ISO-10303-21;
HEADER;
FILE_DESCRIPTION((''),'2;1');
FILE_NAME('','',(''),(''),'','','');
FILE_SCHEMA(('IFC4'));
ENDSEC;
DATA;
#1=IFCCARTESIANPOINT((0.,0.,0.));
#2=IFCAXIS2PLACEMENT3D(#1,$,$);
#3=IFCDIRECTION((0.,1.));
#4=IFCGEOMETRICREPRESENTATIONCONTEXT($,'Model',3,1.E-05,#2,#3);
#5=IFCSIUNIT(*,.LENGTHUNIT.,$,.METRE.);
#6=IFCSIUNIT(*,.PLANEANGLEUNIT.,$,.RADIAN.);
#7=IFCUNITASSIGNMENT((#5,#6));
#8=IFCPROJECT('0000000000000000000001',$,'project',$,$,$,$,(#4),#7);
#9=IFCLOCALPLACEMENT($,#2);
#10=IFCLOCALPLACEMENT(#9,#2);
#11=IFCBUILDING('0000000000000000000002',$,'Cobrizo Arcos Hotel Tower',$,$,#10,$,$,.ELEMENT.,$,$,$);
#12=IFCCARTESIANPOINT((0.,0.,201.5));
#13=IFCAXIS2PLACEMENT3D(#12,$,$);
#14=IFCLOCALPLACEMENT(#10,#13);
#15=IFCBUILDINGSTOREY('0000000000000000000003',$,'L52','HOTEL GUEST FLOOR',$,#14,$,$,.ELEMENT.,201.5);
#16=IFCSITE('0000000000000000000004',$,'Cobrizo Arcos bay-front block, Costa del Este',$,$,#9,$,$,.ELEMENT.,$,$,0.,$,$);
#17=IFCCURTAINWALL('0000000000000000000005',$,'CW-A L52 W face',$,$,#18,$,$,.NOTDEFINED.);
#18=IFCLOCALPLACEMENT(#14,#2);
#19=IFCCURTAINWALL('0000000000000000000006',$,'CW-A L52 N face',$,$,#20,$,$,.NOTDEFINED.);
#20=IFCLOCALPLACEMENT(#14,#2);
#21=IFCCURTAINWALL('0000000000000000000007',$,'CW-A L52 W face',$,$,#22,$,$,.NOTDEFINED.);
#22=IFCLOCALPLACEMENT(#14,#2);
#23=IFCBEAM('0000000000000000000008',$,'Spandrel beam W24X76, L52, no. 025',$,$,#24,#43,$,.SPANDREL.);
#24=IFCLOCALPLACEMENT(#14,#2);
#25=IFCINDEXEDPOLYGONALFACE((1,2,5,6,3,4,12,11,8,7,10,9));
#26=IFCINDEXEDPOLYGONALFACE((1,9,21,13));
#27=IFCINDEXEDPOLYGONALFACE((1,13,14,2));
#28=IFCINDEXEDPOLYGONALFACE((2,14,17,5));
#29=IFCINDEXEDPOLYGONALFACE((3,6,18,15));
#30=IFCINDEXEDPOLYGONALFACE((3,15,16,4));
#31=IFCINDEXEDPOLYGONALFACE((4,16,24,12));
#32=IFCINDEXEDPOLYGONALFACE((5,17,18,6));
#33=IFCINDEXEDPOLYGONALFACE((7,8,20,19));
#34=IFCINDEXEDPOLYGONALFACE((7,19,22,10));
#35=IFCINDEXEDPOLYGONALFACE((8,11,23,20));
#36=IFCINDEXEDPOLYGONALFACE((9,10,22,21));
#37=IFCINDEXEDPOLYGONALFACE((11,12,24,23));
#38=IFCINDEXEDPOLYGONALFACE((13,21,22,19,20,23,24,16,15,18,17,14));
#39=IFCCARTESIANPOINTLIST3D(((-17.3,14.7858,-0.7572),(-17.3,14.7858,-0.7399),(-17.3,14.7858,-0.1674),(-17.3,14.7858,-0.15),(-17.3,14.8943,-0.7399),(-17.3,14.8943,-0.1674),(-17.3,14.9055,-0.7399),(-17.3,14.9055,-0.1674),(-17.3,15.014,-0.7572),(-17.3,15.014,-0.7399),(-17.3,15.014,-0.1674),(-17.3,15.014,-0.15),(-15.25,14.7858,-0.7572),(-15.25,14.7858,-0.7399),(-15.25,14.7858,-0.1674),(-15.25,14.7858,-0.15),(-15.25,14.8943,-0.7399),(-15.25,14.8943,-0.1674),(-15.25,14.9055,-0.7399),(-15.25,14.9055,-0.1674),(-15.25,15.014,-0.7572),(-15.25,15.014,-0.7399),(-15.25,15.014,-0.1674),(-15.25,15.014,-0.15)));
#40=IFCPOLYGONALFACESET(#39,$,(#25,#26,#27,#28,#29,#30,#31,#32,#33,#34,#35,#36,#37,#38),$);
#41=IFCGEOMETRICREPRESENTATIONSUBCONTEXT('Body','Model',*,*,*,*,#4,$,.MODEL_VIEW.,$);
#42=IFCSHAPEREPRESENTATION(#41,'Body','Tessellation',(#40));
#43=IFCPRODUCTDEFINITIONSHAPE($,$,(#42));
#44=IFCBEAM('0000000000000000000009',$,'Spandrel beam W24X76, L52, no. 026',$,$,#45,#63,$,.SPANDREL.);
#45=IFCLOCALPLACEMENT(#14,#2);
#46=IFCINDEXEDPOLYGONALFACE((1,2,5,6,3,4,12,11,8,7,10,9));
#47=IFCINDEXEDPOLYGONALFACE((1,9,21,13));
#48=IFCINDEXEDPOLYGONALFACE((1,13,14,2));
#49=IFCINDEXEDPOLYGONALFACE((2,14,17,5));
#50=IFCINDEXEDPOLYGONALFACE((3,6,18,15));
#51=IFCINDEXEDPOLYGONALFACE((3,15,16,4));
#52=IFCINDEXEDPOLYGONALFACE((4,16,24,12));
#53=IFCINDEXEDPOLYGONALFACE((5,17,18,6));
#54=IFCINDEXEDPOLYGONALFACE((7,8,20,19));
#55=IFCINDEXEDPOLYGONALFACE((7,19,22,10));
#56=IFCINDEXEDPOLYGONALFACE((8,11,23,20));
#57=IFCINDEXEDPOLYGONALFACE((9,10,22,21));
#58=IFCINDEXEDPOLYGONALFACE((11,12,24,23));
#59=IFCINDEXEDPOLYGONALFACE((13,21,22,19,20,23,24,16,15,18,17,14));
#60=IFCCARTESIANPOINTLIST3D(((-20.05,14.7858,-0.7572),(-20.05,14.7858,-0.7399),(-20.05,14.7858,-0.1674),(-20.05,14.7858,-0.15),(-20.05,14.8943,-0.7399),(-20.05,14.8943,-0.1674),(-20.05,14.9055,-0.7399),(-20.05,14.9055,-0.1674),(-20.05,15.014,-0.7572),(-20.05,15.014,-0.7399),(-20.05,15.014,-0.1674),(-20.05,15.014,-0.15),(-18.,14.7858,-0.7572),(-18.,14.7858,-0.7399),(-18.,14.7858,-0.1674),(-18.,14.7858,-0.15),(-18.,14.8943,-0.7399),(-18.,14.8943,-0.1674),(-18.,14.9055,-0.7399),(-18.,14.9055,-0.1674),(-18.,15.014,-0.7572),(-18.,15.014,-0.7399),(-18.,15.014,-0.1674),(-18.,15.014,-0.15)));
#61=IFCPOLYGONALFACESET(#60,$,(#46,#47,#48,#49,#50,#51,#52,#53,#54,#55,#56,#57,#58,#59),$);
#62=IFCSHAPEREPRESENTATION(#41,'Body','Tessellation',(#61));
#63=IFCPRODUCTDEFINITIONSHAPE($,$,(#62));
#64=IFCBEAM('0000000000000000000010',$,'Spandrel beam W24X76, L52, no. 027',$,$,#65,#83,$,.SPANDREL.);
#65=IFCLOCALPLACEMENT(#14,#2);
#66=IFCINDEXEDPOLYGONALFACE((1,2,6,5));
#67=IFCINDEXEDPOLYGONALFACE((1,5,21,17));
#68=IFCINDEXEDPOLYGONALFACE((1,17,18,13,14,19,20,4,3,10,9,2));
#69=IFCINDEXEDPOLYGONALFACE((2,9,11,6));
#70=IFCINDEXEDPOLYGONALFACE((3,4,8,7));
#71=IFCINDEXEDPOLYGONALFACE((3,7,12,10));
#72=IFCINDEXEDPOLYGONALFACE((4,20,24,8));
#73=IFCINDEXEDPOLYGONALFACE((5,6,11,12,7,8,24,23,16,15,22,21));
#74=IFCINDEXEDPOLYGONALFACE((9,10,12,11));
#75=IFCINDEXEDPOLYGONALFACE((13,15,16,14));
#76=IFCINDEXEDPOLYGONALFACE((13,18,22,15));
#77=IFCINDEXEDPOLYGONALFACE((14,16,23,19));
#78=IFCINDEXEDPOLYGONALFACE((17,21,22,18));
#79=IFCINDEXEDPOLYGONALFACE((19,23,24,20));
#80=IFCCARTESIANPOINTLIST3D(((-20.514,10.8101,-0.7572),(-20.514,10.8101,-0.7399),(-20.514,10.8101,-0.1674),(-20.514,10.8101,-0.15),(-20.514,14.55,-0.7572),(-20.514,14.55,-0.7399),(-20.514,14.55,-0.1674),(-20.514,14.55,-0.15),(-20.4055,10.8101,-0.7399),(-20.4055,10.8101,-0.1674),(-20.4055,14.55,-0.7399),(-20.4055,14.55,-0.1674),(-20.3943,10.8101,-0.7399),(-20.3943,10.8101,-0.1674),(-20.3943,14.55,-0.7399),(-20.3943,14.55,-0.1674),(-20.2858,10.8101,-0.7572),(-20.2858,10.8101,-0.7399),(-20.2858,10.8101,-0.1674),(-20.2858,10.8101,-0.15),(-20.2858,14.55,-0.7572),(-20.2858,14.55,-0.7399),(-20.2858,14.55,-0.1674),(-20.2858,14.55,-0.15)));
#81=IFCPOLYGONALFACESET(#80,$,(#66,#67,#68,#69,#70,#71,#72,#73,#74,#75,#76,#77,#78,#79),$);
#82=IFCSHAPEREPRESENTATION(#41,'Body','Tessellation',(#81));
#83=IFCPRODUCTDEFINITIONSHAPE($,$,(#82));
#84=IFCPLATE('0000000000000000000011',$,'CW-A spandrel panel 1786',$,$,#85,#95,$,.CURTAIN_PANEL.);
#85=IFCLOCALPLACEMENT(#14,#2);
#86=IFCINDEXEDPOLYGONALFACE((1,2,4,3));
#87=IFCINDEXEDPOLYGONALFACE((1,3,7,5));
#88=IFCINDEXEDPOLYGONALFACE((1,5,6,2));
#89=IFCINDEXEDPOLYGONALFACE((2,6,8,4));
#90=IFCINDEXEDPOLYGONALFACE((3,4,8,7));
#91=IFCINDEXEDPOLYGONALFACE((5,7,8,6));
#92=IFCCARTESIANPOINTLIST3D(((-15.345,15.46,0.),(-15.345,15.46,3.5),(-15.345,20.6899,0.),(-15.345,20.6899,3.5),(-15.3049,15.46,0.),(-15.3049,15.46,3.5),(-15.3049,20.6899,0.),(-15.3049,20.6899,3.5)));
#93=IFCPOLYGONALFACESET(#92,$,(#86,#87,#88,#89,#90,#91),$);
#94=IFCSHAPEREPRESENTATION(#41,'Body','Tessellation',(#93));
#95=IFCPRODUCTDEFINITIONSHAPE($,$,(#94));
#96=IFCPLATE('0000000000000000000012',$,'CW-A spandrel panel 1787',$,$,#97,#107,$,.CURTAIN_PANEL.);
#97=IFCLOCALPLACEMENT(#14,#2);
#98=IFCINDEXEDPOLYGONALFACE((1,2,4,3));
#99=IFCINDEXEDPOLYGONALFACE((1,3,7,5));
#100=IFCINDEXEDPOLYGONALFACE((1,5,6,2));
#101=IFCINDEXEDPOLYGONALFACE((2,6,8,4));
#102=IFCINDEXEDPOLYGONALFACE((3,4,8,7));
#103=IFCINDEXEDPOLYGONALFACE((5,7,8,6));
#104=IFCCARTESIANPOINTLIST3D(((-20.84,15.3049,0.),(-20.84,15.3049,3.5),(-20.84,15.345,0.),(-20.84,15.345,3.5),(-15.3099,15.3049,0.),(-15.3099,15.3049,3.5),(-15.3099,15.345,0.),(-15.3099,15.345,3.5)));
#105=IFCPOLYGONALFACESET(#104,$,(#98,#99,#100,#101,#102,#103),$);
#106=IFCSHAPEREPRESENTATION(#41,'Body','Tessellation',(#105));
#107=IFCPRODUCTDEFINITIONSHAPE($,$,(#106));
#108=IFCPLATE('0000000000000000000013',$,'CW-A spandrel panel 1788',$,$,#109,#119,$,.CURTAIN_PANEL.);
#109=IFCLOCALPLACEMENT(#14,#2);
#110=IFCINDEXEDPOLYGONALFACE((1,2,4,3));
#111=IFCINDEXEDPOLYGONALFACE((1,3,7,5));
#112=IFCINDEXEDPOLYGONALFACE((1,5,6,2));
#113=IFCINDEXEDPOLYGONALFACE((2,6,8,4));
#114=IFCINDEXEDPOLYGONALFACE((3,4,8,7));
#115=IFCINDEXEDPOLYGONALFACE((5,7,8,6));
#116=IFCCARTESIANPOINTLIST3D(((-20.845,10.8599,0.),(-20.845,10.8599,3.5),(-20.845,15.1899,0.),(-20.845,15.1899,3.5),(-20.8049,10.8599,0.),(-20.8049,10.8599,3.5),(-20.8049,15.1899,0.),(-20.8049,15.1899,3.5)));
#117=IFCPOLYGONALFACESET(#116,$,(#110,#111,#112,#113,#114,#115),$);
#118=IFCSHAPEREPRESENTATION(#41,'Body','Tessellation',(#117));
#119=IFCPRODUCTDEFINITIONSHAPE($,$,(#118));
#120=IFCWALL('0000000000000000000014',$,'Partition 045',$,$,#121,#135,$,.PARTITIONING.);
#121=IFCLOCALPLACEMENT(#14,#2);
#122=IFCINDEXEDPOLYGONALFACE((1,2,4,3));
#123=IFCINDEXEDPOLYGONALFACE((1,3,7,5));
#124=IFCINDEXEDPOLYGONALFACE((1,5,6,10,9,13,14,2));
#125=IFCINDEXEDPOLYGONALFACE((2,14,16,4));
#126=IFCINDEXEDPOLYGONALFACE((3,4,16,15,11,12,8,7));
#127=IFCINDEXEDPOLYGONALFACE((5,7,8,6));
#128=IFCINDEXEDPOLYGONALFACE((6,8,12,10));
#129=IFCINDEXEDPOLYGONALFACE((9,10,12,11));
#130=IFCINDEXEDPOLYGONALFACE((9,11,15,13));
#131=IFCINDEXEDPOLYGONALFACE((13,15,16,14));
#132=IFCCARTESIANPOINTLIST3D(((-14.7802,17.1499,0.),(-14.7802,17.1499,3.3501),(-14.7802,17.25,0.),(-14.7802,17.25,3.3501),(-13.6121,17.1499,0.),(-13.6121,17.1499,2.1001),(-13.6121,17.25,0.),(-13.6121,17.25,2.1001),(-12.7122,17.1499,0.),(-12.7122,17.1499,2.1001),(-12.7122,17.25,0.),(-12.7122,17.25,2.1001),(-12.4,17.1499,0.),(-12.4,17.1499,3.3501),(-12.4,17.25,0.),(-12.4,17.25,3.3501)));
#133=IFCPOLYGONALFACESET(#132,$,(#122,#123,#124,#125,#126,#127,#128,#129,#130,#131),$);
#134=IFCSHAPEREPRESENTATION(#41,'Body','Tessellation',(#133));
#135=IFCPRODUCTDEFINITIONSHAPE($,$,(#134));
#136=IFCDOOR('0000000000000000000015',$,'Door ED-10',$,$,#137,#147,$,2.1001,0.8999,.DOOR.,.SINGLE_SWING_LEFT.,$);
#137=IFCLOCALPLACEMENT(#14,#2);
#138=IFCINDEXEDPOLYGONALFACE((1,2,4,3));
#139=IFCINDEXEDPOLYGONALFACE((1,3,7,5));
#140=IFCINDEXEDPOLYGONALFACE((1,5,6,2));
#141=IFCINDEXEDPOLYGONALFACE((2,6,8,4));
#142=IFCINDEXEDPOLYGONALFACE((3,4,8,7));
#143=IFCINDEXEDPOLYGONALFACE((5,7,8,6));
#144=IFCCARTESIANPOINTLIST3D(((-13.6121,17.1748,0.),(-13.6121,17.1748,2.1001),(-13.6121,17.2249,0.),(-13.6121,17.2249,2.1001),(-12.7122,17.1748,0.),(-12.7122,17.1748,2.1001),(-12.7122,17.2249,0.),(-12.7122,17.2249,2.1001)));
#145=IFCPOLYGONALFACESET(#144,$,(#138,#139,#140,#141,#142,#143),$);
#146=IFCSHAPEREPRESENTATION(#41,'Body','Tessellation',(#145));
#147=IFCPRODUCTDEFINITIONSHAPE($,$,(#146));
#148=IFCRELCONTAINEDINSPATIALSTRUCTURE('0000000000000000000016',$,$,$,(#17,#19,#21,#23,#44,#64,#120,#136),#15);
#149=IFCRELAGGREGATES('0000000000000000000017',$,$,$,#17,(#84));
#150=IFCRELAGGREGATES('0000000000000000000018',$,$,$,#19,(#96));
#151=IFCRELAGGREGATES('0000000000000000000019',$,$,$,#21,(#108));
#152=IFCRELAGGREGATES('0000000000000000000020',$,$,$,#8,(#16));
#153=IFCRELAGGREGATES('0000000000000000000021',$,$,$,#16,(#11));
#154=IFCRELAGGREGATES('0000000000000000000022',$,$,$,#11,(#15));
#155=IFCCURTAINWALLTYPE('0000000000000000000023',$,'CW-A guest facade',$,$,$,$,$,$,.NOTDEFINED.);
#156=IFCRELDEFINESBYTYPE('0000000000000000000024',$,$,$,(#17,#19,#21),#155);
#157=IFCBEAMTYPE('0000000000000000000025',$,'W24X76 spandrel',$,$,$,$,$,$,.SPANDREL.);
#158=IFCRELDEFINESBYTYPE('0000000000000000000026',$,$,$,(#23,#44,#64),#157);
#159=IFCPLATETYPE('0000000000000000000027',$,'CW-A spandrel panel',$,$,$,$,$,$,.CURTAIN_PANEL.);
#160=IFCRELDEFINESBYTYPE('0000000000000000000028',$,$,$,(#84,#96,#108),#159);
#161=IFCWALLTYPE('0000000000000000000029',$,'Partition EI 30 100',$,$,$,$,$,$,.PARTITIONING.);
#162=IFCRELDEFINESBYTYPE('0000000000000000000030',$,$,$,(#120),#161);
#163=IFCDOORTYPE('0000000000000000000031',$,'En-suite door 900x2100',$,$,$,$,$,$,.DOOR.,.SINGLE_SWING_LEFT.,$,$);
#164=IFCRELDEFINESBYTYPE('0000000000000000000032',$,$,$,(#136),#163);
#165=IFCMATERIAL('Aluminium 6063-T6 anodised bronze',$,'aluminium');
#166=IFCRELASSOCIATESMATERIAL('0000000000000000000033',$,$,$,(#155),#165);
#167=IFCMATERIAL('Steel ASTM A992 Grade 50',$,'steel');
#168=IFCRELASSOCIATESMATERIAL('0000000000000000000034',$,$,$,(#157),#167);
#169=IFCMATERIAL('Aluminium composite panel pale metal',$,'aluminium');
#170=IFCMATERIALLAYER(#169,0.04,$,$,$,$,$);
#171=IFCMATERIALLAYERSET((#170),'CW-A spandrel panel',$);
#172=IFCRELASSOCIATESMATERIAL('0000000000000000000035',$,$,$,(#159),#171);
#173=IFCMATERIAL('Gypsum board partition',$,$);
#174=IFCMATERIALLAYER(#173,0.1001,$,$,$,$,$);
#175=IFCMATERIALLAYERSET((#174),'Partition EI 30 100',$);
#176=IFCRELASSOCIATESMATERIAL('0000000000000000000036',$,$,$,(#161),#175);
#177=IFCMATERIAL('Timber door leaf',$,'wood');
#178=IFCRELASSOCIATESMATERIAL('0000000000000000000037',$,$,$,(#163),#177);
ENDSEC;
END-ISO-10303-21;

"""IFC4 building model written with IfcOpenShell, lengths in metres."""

from ifc_helpers import new_model, si_unit, direction, frame, frame_2d, origin, origin_2d, place, context, subcontext, project, spatial, rectangle, i_section, extrude, material, layer, layer_set, material_profile, profile_set, type_object, element, fill, aggregate, save


model = new_model("IFC4")

# Units and contexts
model_context = context("Model", 3, precision=1e-05, world=origin(), true_north=direction((0.0, 1.0)))
body_context = subcontext(model_context, "Body", "Model", "MODEL_VIEW")
ifc_project = project(units=[si_unit("LENGTHUNIT", "METRE"), si_unit("PLANEANGLEUNIT", "RADIAN")], contexts=[model_context])

# Site, building, storey
site_placement = place(None, origin())
site = spatial("IfcSite", under=ifc_project, at=site_placement, Name="Cobrizo Arcos bay-front block, Costa del Este", CompositionType="ELEMENT", RefElevation=0.0)
building_placement = place(site_placement, origin())
building = spatial("IfcBuilding", under=site, at=building_placement, Name="Cobrizo Arcos Hotel Tower", CompositionType="ELEMENT")
storey_placement = place(building_placement, frame((0.0, 0.0, 201.5)))
storey = spatial("IfcBuildingStorey", under=building, at=storey_placement, Name="L52", Description="HOTEL GUEST FLOOR", CompositionType="ELEMENT", Elevation=201.5)

# Shared definitions
ifc_material_1 = material(Name="Aluminium 6063-T6 anodised bronze", Category="aluminium")
curtain_wall_type = type_object("IfcCurtainWallType", Name="CW-A guest facade", PredefinedType="NOTDEFINED", material=ifc_material_1)

# Curtain walls
curtain_wall_1_placement = place(storey_placement, origin())
curtain_wall_1 = element("IfcCurtainWall", 1, at=curtain_wall_1_placement, inside=storey, type_object=curtain_wall_type, Name="CW-A L52 W face", PredefinedType="NOTDEFINED")
curtain_wall_2_placement = place(storey_placement, origin())
curtain_wall_2 = element("IfcCurtainWall", 2, at=curtain_wall_2_placement, inside=storey, type_object=curtain_wall_type, Name="CW-A L52 N face", PredefinedType="NOTDEFINED")

# Curtain wall
curtain_wall_3_placement = place(storey_placement, origin())
curtain_wall_3 = element("IfcCurtainWall", 3, at=curtain_wall_3_placement, inside=storey, type_object=curtain_wall_type, Name="CW-A L52 W face", PredefinedType="NOTDEFINED")

# Beams
ifc_material_2 = material(Name="Steel ASTM A992 Grade 50", Category="steel")
ifc_material_profile_1 = material_profile(ifc_material_2, i_section(OverallWidth=0.2283, OverallDepth=0.6072, WebThickness=0.0112, FlangeThickness=0.0173, at=origin_2d()), Name="W24X76")
ifc_profile_set_1 = profile_set([ifc_material_profile_1], Name="Steel ASTM A992 Grade 50")
beam_type = type_object("IfcBeamType", Name="W24X76 spandrel", PredefinedType="SPANDREL", material=ifc_profile_set_1)
for number, where, z_axis, x_axis, name in (
    (4, (-15.25, 14.8999, -0.4536), (-1.0, 0.0, 0.0), (0.0, -1.0, 0.0), "Spandrel beam W24X76, L52, no. 025"),
    (5, (-18.0, 14.8999, -0.4536), (-1.0, 0.0, 0.0), (0.0, -1.0, 0.0), "Spandrel beam W24X76, L52, no. 026"),
):
    element("IfcBeam", number, at=place(storey_placement, frame(where, z_axis=z_axis, x_axis=x_axis)), inside=storey, type_object=beam_type, Name=name, PredefinedType="SPANDREL", context=body_context, shape_type="SweptSolid", body=[
        extrude(i_section(OverallWidth=0.2283, OverallDepth=0.6072, WebThickness=0.0112, FlangeThickness=0.0173, at=origin_2d()), origin(), (0.0, 0.0, 1.0), 2.05),
    ])
beam_placement = place(storey_placement, frame((-20.3999, 14.55, -0.4536), z_axis=(0.0, -1.0, 0.0), x_axis=(1.0, 0.0, 0.0)))
element("IfcBeam", 6, at=beam_placement, inside=storey, type_object=beam_type, Name="Spandrel beam W24X76, L52, no. 027", PredefinedType="SPANDREL", context=body_context, shape_type="SweptSolid", body=[
    extrude(i_section(OverallWidth=0.2283, OverallDepth=0.6072, WebThickness=0.0112, FlangeThickness=0.0173, at=origin_2d()), origin(), (0.0, 0.0, 1.0), 3.74),
])

# Plates
ifc_material_3 = material(Name="Aluminium composite panel pale metal", Category="aluminium")
ifc_layer_1 = layer(ifc_material_3, 0.04)
ifc_layer_set_1 = layer_set([ifc_layer_1], Name="CW-A spandrel panel")
plate_type = type_object("IfcPlateType", Name="CW-A spandrel panel", PredefinedType="CURTAIN_PANEL", material=ifc_layer_set_1)
plate_1_placement = place(storey_placement, frame((-15.325, 18.075, 0.0), z_axis=(0.0, 0.0, 1.0), x_axis=(0.0, -1.0, 0.0)))
plate_1 = element("IfcPlate", 7, at=plate_1_placement, type_object=plate_type, Name="CW-A spandrel panel 1786", PredefinedType="CURTAIN_PANEL", context=body_context, shape_type="SweptSolid", body=[
    extrude(rectangle(XDim=5.23, YDim=0.04, at=origin_2d()), origin(), (0.0, 0.0, 1.0), 3.5),
])
aggregate(curtain_wall_1, [plate_1])
plate_2_placement = place(storey_placement, frame((-18.075, 15.325, 0.0), z_axis=(0.0, 0.0, 1.0), x_axis=(-1.0, 0.0, 0.0)))
plate_2 = element("IfcPlate", 8, at=plate_2_placement, type_object=plate_type, Name="CW-A spandrel panel 1787", PredefinedType="CURTAIN_PANEL", context=body_context, shape_type="SweptSolid", body=[
    extrude(rectangle(XDim=5.53, YDim=0.04, at=origin_2d()), origin(), (0.0, 0.0, 1.0), 3.5),
])
aggregate(curtain_wall_2, [plate_2])
plate_3_placement = place(storey_placement, frame((-20.825, 13.0249, 0.0), z_axis=(0.0, 0.0, 1.0), x_axis=(0.0, -1.0, 0.0)))
plate_3 = element("IfcPlate", 9, at=plate_3_placement, type_object=plate_type, Name="CW-A spandrel panel 1788", PredefinedType="CURTAIN_PANEL", context=body_context, shape_type="SweptSolid", body=[
    extrude(rectangle(XDim=4.3301, YDim=0.04, at=origin_2d()), origin(), (0.0, 0.0, 1.0), 3.5),
])
aggregate(curtain_wall_3, [plate_3])

# Wall, opening, door
ifc_material_4 = material(Name="Gypsum board partition")
ifc_layer_2 = layer(ifc_material_4, 0.1001)
ifc_layer_set_2 = layer_set([ifc_layer_2], Name="Partition EI 30 100")
wall_type = type_object("IfcWallType", Name="Partition EI 30 100", PredefinedType="PARTITIONING", material=ifc_layer_set_2)
wall_placement = place(storey_placement, frame((-14.78, 17.2, 0.0), z_axis=(0.0, 0.0, 1.0), x_axis=(1.0, 0.0, 0.0)))
wall = element("IfcWall", 10, at=wall_placement, inside=storey, type_object=wall_type, Name="Partition 045", PredefinedType="PARTITIONING", context=body_context, shape_type="SweptSolid", body=[
    extrude(rectangle(XDim=2.3801, YDim=0.1001, at=frame_2d((1.1899, 0.0))), origin(), (0.0, 0.0, 1.0), 3.3501),
])
opening_placement = place(wall_placement, frame((1.168, 0.0, 0.0)))
opening = element("IfcOpeningElement", 11, at=opening_placement, cuts=wall, PredefinedType="OPENING", context=body_context, shape_type="SweptSolid", body=[
    extrude(rectangle(XDim=0.8999, YDim=2.1001, at=frame_2d((0.45, 1.05))), frame((0.0, 0.062, 0.0), z_axis=(0.0, -1.0, 0.0), x_axis=(1.0, 0.0, 0.0)), (0.0, 0.0, 1.0), 0.124),
])
ifc_material_5 = material(Name="Timber door leaf", Category="wood")
door_type = type_object("IfcDoorType", Name="En-suite door 900x2100", OperationType="SINGLE_SWING_LEFT", PredefinedType="DOOR", material=ifc_material_5)
door_placement = place(opening_placement, origin())
door = element("IfcDoor", 12, at=door_placement, inside=storey, type_object=door_type, Name="Door ED-10", OperationType="SINGLE_SWING_LEFT", OverallHeight=2.1001, OverallWidth=0.8999, PredefinedType="DOOR", context=body_context, shape_type="SweptSolid", body=[
    extrude(rectangle(XDim=0.8999, YDim=2.1001, at=frame_2d((0.45, 1.05))), frame((0.0, 0.0249, 0.0), z_axis=(0.0, -1.0, 0.0), x_axis=(1.0, 0.0, 0.0)), (0.0, 0.0, 1.0), 0.05),
])
fill(opening, door)

save(model, "model.ifc")
